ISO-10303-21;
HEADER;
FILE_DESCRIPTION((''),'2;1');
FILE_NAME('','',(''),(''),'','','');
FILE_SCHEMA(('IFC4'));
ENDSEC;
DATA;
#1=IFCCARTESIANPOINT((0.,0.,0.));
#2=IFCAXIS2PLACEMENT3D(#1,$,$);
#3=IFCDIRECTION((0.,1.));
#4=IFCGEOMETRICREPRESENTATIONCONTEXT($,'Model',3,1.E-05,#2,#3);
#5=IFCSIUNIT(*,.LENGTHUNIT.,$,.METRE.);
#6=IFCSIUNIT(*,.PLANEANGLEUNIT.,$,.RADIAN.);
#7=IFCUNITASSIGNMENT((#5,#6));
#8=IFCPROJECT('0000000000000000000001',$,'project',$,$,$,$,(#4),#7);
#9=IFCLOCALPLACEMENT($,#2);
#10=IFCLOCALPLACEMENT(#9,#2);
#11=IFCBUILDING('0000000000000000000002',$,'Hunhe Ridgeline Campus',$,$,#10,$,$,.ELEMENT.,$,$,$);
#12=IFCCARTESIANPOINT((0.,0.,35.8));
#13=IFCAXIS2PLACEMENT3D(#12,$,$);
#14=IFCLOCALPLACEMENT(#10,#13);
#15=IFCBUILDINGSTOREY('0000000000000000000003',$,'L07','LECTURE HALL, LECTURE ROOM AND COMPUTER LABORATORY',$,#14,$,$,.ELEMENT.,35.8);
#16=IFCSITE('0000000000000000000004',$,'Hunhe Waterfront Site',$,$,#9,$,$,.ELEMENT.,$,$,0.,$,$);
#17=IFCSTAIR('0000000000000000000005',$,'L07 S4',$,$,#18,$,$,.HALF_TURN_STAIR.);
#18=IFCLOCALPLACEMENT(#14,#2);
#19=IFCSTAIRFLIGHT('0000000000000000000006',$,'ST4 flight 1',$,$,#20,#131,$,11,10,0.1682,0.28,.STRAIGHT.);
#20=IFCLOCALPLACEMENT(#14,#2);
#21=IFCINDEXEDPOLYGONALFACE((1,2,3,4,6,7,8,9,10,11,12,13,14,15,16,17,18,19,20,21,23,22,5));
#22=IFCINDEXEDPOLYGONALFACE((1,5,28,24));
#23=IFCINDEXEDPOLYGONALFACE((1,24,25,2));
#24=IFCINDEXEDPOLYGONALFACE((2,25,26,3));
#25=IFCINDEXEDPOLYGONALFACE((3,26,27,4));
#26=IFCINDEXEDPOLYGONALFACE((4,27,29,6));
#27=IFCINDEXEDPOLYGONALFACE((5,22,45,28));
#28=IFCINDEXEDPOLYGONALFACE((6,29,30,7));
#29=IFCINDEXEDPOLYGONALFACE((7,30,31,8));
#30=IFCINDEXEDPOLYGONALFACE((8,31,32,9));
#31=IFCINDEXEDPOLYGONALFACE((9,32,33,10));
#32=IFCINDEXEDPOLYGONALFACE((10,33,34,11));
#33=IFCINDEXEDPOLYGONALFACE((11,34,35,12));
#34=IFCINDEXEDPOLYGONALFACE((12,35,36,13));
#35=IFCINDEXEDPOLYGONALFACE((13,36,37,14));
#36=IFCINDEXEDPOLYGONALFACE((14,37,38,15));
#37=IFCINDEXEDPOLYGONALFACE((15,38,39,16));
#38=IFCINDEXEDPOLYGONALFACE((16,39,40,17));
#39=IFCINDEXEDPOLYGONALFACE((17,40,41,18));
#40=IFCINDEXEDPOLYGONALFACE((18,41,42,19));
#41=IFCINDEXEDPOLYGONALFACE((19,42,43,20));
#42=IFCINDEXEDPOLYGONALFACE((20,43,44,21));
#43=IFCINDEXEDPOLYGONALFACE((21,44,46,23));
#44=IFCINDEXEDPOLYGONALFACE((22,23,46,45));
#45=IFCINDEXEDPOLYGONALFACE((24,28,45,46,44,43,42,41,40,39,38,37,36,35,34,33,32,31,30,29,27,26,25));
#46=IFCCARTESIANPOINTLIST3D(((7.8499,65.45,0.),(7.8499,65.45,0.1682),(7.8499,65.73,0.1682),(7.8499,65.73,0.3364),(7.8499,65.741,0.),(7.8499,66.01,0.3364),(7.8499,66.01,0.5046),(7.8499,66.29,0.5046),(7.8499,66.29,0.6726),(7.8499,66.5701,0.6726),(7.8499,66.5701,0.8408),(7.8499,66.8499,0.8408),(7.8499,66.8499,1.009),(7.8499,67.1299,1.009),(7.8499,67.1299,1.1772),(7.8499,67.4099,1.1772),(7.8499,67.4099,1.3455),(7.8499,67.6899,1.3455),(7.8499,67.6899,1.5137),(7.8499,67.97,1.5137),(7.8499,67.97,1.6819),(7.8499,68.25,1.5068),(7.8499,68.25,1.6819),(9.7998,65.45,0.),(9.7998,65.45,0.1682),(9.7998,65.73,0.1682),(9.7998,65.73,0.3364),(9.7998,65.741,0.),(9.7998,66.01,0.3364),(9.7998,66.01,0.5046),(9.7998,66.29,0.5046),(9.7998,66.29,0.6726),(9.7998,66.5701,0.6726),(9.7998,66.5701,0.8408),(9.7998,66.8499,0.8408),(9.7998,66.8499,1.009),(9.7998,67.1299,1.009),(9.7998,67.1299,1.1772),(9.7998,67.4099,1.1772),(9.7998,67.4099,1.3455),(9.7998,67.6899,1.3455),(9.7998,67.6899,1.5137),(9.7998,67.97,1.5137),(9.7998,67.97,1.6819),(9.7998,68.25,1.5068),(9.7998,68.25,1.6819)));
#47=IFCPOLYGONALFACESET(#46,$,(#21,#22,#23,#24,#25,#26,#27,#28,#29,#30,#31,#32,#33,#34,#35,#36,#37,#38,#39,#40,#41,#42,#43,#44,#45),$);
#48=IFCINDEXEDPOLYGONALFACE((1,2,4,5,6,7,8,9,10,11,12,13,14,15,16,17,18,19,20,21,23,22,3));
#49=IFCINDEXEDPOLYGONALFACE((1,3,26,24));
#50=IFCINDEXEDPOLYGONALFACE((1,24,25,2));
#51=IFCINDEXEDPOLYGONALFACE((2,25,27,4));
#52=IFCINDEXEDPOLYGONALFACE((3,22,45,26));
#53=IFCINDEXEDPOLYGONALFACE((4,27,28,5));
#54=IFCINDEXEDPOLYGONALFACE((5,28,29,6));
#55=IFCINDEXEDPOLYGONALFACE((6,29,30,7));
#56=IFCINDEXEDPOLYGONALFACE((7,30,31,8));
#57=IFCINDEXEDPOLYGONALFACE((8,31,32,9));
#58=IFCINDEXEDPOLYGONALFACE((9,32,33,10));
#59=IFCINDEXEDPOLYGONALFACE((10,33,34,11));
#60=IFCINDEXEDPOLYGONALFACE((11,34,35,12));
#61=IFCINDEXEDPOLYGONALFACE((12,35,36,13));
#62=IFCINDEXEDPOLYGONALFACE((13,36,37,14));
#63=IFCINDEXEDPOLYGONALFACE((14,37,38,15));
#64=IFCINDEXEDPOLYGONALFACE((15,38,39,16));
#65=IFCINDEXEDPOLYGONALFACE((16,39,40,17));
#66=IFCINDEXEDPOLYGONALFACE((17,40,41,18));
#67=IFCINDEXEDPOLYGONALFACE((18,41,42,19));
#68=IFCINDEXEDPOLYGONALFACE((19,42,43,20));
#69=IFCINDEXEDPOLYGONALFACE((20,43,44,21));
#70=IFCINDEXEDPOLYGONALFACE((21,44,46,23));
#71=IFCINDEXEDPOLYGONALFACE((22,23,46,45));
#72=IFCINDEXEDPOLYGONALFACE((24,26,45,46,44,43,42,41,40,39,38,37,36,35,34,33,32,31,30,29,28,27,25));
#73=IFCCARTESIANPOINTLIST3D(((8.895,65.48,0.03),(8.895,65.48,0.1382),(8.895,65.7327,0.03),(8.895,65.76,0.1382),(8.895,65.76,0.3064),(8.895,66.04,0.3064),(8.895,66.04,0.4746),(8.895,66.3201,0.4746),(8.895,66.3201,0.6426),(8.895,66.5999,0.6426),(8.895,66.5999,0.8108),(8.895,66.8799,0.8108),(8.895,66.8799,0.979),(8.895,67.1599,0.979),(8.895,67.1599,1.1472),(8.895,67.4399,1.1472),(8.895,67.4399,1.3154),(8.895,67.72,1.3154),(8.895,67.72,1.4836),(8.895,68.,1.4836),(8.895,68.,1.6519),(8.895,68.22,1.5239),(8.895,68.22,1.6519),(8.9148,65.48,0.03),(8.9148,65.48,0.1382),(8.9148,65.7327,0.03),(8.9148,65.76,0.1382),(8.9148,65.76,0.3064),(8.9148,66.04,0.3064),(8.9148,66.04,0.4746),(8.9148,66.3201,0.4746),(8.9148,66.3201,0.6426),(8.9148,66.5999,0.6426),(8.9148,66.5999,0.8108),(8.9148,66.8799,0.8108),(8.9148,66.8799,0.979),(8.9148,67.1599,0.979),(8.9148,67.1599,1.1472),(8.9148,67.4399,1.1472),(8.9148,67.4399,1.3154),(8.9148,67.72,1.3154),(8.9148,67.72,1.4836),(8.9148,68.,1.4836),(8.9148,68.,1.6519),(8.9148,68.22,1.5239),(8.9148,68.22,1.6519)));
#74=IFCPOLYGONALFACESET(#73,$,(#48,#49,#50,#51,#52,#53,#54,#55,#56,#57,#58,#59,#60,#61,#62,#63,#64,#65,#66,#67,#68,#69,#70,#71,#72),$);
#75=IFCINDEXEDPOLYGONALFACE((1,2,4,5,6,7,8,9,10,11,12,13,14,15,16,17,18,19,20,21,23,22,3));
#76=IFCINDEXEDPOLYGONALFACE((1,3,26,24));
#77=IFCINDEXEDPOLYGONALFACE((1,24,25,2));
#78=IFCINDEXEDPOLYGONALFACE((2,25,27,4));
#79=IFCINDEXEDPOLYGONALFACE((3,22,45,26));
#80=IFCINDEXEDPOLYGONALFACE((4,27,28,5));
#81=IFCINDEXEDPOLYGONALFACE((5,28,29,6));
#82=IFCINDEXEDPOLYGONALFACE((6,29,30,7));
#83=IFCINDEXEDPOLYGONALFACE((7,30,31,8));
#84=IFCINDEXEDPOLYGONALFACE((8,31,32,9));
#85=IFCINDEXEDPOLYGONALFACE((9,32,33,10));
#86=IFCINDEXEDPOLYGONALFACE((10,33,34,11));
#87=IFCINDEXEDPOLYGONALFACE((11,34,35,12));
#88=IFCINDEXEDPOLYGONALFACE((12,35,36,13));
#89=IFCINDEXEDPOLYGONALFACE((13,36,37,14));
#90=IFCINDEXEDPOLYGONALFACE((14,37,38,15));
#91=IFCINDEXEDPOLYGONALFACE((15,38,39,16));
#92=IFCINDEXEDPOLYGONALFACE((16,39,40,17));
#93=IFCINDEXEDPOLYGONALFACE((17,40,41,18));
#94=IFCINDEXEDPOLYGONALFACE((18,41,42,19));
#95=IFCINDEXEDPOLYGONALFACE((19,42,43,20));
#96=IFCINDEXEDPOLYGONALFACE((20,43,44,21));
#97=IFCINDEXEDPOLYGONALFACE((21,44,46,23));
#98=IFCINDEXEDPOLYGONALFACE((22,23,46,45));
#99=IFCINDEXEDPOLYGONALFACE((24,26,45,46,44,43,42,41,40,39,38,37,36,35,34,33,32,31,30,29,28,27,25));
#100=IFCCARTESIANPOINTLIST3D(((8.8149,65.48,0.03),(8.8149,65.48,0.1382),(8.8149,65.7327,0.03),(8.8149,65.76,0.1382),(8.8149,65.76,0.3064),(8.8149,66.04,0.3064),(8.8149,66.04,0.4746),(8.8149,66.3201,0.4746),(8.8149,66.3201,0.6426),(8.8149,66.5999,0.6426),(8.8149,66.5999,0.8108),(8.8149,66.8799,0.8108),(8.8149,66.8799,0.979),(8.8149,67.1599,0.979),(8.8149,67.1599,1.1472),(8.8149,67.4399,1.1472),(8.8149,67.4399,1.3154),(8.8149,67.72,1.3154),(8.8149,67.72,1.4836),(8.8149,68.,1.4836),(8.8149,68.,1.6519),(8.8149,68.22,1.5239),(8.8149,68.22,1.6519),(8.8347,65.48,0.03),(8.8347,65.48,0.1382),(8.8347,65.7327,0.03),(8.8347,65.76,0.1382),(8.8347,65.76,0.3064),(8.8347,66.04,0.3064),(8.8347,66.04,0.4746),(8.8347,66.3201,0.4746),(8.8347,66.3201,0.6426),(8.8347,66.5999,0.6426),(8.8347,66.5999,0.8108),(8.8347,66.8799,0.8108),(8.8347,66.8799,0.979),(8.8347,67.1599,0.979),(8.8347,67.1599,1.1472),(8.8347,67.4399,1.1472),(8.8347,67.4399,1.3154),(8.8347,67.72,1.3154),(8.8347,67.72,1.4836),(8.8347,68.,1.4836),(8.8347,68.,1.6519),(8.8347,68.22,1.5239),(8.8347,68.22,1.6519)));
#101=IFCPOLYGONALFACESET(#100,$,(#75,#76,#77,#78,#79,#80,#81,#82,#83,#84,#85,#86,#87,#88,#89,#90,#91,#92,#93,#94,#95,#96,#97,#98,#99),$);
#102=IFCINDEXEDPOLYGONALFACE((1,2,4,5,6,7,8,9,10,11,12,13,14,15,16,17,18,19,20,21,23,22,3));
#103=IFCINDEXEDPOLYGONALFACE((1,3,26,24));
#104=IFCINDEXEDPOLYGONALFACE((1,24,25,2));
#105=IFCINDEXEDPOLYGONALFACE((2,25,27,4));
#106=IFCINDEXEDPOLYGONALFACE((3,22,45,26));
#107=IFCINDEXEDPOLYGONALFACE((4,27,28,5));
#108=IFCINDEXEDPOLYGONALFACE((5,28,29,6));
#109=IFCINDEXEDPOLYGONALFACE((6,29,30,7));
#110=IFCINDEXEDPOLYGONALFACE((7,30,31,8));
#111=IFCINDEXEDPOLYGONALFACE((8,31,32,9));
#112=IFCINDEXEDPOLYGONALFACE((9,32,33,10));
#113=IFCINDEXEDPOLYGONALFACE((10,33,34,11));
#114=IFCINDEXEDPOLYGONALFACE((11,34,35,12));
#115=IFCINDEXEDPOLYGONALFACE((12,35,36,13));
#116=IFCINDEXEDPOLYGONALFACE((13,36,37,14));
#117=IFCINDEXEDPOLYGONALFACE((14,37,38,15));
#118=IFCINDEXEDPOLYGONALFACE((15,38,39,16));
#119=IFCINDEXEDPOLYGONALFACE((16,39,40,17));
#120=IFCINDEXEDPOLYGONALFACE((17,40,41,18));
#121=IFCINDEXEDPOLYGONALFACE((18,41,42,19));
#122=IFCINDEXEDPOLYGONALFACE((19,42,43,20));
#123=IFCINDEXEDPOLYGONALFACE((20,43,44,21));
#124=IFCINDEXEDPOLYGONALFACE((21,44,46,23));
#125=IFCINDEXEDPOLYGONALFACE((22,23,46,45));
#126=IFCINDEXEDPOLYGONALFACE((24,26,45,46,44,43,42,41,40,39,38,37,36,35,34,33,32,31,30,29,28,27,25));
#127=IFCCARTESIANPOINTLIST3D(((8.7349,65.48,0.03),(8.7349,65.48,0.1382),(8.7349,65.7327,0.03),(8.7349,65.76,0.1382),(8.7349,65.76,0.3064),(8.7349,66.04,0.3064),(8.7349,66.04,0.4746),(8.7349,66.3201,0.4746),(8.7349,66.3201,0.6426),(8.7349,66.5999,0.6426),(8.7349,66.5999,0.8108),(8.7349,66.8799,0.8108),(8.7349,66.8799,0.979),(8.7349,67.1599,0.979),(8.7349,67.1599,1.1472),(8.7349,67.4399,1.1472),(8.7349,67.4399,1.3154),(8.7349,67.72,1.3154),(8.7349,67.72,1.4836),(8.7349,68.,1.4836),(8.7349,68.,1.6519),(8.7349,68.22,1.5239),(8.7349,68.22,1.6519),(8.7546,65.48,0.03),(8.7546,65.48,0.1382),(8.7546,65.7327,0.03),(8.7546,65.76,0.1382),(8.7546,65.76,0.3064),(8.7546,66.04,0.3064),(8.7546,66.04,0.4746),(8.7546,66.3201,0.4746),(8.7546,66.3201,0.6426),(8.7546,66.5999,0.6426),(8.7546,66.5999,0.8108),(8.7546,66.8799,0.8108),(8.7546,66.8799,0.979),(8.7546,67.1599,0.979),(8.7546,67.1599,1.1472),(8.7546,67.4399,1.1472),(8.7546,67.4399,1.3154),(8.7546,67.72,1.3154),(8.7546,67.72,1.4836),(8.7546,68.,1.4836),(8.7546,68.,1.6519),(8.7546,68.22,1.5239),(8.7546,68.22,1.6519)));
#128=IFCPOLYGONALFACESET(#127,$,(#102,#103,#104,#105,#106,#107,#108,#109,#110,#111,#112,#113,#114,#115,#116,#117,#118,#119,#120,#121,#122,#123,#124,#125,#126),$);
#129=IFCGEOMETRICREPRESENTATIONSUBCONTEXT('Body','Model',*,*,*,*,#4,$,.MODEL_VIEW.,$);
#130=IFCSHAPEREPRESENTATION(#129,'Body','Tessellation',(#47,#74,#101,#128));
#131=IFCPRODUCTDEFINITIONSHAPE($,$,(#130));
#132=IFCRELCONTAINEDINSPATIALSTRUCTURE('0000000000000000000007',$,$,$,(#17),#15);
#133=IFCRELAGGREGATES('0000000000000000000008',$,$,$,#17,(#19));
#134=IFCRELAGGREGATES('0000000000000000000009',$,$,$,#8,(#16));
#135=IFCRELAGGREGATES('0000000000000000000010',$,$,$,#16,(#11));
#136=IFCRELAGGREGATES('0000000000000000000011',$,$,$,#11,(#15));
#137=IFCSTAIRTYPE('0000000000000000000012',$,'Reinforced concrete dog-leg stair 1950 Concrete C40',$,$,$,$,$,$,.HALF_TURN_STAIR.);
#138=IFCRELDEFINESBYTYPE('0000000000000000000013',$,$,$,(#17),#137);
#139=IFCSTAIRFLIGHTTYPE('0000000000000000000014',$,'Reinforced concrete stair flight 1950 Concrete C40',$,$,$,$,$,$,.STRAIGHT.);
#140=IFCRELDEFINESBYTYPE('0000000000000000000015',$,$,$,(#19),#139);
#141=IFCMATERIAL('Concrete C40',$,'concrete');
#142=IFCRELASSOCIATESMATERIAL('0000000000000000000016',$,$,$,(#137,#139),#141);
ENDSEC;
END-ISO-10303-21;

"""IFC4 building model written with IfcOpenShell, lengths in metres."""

from ifc_helpers import new_model, si_unit, direction, frame, origin, place, context, subcontext, project, spatial, polyline, outline, extrude, material, type_object, element, aggregate, save


model = new_model("IFC4")

# Units and contexts
model_context = context("Model", 3, precision=1e-05, world=origin(), true_north=direction((0.0, 1.0)))
body_context = subcontext(model_context, "Body", "Model", "MODEL_VIEW")
ifc_project = project(units=[si_unit("LENGTHUNIT", "METRE"), si_unit("PLANEANGLEUNIT", "RADIAN")], contexts=[model_context])

# Site, building, storey
site_placement = place(None, origin())
site = spatial("IfcSite", under=ifc_project, at=site_placement, Name="Hunhe Waterfront Site", CompositionType="ELEMENT", RefElevation=0.0)
building_placement = place(site_placement, origin())
building = spatial("IfcBuilding", under=site, at=building_placement, Name="Hunhe Ridgeline Campus", CompositionType="ELEMENT")
storey_placement = place(building_placement, frame((0.0, 0.0, 35.8)))
storey = spatial("IfcBuildingStorey", under=building, at=storey_placement, Name="L07", Description="LECTURE HALL, LECTURE ROOM AND COMPUTER LABORATORY", CompositionType="ELEMENT", Elevation=35.8)

# Stair, stair flight
ifc_material_1 = material(Name="Concrete C40", Category="concrete")
stair_type = type_object("IfcStairType", Name="Reinforced concrete dog-leg stair 1950 Concrete C40", PredefinedType="HALF_TURN_STAIR", material=ifc_material_1)
stair_flight_type = type_object("IfcStairFlightType", Name="Reinforced concrete stair flight 1950 Concrete C40", PredefinedType="STRAIGHT", material=ifc_material_1)
stair_1_placement = place(storey_placement, origin())
stair_1 = element("IfcStair", 1, at=stair_1_placement, inside=storey, type_object=stair_type, Name="L07 S4", PredefinedType="HALF_TURN_STAIR")
stair_flight_1_placement = place(storey_placement, frame((8.825, 65.45, 0.0), z_axis=(0.0, 0.0, 1.0), x_axis=(0.0, 1.0, 0.0)))
stair_flight_1 = element("IfcStairFlight", 2, at=stair_flight_1_placement, type_object=stair_flight_type, Name="ST4 flight 1", NumberOfRisers=11, NumberOfTreads=10, PredefinedType="STRAIGHT", RiserHeight=0.1682, TreadLength=0.28, context=body_context, shape_type="SweptSolid", body=[
    extrude(outline(polyline([(0.0, 0.0), (0.0, 0.1682), (0.28, 0.1682), (0.28, 0.3364), (0.5601, 0.3364), (0.5601, 0.5046), (0.8401, 0.5046), (0.8401, 0.6726), (1.1201, 0.6726), (1.1201, 0.8408), (1.3999, 0.8408), (1.3999, 1.009), (1.6799, 1.009), (1.6799, 1.1772), (1.96, 1.1772), (1.96, 1.3455), (2.24, 1.3455), (2.24, 1.5137), (2.52, 1.5137), (2.52, 1.6819), (2.8, 1.6819), (2.8, 1.8501), (2.8, 1.5068), (0.291, 0.0), (0.0, 0.0)])), frame((0.0, 0.9751, 0.0), z_axis=(0.0, -1.0, 0.0), x_axis=(1.0, 0.0, 0.0)), (0.0, 0.0, 1.0), 1.95),
    extrude(outline(polyline([(0.03, 0.03), (0.03, 0.1382), (0.3101, 0.1382), (0.3101, 0.3064), (0.5901, 0.3064), (0.5901, 0.4746), (0.8701, 0.4746), (0.8701, 0.6426), (1.1499, 0.6426), (1.1499, 0.8108), (1.4299, 0.8108), (1.4299, 0.979), (1.71, 0.979), (1.71, 1.1472), (1.99, 1.1472), (1.99, 1.3154), (2.27, 1.3154), (2.27, 1.4836), (2.55, 1.4836), (2.55, 1.6519), (2.77, 1.6519), (2.77, 1.5239), (0.2827, 0.03), (0.03, 0.03)])), frame((0.0, -0.0701, 0.0), z_axis=(0.0, -1.0, 0.0), x_axis=(1.0, 0.0, 0.0)), (0.0, 0.0, 1.0), 0.0198),
    extrude(outline(polyline([(0.03, 0.03), (0.03, 0.1382), (0.3101, 0.1382), (0.3101, 0.3064), (0.5901, 0.3064), (0.5901, 0.4746), (0.8701, 0.4746), (0.8701, 0.6426), (1.1499, 0.6426), (1.1499, 0.8108), (1.4299, 0.8108), (1.4299, 0.979), (1.71, 0.979), (1.71, 1.1472), (1.99, 1.1472), (1.99, 1.3154), (2.27, 1.3154), (2.27, 1.4836), (2.55, 1.4836), (2.55, 1.6519), (2.77, 1.6519), (2.77, 1.5239), (0.2827, 0.03), (0.03, 0.03)])), frame((0.0, 0.01, 0.0), z_axis=(0.0, -1.0, 0.0), x_axis=(1.0, 0.0, 0.0)), (0.0, 0.0, 1.0), 0.0198),
    extrude(outline(polyline([(0.03, 0.03), (0.03, 0.1382), (0.3101, 0.1382), (0.3101, 0.3064), (0.5901, 0.3064), (0.5901, 0.4746), (0.8701, 0.4746), (0.8701, 0.6426), (1.1499, 0.6426), (1.1499, 0.8108), (1.4299, 0.8108), (1.4299, 0.979), (1.71, 0.979), (1.71, 1.1472), (1.99, 1.1472), (1.99, 1.3154), (2.27, 1.3154), (2.27, 1.4836), (2.55, 1.4836), (2.55, 1.6519), (2.77, 1.6519), (2.77, 1.5239), (0.2827, 0.03), (0.03, 0.03)])), frame((0.0, 0.0901, 0.0), z_axis=(0.0, -1.0, 0.0), x_axis=(1.0, 0.0, 0.0)), (0.0, 0.0, 1.0), 0.0198),
])
aggregate(stair_1, [stair_flight_1])

save(model, "model.ifc")
